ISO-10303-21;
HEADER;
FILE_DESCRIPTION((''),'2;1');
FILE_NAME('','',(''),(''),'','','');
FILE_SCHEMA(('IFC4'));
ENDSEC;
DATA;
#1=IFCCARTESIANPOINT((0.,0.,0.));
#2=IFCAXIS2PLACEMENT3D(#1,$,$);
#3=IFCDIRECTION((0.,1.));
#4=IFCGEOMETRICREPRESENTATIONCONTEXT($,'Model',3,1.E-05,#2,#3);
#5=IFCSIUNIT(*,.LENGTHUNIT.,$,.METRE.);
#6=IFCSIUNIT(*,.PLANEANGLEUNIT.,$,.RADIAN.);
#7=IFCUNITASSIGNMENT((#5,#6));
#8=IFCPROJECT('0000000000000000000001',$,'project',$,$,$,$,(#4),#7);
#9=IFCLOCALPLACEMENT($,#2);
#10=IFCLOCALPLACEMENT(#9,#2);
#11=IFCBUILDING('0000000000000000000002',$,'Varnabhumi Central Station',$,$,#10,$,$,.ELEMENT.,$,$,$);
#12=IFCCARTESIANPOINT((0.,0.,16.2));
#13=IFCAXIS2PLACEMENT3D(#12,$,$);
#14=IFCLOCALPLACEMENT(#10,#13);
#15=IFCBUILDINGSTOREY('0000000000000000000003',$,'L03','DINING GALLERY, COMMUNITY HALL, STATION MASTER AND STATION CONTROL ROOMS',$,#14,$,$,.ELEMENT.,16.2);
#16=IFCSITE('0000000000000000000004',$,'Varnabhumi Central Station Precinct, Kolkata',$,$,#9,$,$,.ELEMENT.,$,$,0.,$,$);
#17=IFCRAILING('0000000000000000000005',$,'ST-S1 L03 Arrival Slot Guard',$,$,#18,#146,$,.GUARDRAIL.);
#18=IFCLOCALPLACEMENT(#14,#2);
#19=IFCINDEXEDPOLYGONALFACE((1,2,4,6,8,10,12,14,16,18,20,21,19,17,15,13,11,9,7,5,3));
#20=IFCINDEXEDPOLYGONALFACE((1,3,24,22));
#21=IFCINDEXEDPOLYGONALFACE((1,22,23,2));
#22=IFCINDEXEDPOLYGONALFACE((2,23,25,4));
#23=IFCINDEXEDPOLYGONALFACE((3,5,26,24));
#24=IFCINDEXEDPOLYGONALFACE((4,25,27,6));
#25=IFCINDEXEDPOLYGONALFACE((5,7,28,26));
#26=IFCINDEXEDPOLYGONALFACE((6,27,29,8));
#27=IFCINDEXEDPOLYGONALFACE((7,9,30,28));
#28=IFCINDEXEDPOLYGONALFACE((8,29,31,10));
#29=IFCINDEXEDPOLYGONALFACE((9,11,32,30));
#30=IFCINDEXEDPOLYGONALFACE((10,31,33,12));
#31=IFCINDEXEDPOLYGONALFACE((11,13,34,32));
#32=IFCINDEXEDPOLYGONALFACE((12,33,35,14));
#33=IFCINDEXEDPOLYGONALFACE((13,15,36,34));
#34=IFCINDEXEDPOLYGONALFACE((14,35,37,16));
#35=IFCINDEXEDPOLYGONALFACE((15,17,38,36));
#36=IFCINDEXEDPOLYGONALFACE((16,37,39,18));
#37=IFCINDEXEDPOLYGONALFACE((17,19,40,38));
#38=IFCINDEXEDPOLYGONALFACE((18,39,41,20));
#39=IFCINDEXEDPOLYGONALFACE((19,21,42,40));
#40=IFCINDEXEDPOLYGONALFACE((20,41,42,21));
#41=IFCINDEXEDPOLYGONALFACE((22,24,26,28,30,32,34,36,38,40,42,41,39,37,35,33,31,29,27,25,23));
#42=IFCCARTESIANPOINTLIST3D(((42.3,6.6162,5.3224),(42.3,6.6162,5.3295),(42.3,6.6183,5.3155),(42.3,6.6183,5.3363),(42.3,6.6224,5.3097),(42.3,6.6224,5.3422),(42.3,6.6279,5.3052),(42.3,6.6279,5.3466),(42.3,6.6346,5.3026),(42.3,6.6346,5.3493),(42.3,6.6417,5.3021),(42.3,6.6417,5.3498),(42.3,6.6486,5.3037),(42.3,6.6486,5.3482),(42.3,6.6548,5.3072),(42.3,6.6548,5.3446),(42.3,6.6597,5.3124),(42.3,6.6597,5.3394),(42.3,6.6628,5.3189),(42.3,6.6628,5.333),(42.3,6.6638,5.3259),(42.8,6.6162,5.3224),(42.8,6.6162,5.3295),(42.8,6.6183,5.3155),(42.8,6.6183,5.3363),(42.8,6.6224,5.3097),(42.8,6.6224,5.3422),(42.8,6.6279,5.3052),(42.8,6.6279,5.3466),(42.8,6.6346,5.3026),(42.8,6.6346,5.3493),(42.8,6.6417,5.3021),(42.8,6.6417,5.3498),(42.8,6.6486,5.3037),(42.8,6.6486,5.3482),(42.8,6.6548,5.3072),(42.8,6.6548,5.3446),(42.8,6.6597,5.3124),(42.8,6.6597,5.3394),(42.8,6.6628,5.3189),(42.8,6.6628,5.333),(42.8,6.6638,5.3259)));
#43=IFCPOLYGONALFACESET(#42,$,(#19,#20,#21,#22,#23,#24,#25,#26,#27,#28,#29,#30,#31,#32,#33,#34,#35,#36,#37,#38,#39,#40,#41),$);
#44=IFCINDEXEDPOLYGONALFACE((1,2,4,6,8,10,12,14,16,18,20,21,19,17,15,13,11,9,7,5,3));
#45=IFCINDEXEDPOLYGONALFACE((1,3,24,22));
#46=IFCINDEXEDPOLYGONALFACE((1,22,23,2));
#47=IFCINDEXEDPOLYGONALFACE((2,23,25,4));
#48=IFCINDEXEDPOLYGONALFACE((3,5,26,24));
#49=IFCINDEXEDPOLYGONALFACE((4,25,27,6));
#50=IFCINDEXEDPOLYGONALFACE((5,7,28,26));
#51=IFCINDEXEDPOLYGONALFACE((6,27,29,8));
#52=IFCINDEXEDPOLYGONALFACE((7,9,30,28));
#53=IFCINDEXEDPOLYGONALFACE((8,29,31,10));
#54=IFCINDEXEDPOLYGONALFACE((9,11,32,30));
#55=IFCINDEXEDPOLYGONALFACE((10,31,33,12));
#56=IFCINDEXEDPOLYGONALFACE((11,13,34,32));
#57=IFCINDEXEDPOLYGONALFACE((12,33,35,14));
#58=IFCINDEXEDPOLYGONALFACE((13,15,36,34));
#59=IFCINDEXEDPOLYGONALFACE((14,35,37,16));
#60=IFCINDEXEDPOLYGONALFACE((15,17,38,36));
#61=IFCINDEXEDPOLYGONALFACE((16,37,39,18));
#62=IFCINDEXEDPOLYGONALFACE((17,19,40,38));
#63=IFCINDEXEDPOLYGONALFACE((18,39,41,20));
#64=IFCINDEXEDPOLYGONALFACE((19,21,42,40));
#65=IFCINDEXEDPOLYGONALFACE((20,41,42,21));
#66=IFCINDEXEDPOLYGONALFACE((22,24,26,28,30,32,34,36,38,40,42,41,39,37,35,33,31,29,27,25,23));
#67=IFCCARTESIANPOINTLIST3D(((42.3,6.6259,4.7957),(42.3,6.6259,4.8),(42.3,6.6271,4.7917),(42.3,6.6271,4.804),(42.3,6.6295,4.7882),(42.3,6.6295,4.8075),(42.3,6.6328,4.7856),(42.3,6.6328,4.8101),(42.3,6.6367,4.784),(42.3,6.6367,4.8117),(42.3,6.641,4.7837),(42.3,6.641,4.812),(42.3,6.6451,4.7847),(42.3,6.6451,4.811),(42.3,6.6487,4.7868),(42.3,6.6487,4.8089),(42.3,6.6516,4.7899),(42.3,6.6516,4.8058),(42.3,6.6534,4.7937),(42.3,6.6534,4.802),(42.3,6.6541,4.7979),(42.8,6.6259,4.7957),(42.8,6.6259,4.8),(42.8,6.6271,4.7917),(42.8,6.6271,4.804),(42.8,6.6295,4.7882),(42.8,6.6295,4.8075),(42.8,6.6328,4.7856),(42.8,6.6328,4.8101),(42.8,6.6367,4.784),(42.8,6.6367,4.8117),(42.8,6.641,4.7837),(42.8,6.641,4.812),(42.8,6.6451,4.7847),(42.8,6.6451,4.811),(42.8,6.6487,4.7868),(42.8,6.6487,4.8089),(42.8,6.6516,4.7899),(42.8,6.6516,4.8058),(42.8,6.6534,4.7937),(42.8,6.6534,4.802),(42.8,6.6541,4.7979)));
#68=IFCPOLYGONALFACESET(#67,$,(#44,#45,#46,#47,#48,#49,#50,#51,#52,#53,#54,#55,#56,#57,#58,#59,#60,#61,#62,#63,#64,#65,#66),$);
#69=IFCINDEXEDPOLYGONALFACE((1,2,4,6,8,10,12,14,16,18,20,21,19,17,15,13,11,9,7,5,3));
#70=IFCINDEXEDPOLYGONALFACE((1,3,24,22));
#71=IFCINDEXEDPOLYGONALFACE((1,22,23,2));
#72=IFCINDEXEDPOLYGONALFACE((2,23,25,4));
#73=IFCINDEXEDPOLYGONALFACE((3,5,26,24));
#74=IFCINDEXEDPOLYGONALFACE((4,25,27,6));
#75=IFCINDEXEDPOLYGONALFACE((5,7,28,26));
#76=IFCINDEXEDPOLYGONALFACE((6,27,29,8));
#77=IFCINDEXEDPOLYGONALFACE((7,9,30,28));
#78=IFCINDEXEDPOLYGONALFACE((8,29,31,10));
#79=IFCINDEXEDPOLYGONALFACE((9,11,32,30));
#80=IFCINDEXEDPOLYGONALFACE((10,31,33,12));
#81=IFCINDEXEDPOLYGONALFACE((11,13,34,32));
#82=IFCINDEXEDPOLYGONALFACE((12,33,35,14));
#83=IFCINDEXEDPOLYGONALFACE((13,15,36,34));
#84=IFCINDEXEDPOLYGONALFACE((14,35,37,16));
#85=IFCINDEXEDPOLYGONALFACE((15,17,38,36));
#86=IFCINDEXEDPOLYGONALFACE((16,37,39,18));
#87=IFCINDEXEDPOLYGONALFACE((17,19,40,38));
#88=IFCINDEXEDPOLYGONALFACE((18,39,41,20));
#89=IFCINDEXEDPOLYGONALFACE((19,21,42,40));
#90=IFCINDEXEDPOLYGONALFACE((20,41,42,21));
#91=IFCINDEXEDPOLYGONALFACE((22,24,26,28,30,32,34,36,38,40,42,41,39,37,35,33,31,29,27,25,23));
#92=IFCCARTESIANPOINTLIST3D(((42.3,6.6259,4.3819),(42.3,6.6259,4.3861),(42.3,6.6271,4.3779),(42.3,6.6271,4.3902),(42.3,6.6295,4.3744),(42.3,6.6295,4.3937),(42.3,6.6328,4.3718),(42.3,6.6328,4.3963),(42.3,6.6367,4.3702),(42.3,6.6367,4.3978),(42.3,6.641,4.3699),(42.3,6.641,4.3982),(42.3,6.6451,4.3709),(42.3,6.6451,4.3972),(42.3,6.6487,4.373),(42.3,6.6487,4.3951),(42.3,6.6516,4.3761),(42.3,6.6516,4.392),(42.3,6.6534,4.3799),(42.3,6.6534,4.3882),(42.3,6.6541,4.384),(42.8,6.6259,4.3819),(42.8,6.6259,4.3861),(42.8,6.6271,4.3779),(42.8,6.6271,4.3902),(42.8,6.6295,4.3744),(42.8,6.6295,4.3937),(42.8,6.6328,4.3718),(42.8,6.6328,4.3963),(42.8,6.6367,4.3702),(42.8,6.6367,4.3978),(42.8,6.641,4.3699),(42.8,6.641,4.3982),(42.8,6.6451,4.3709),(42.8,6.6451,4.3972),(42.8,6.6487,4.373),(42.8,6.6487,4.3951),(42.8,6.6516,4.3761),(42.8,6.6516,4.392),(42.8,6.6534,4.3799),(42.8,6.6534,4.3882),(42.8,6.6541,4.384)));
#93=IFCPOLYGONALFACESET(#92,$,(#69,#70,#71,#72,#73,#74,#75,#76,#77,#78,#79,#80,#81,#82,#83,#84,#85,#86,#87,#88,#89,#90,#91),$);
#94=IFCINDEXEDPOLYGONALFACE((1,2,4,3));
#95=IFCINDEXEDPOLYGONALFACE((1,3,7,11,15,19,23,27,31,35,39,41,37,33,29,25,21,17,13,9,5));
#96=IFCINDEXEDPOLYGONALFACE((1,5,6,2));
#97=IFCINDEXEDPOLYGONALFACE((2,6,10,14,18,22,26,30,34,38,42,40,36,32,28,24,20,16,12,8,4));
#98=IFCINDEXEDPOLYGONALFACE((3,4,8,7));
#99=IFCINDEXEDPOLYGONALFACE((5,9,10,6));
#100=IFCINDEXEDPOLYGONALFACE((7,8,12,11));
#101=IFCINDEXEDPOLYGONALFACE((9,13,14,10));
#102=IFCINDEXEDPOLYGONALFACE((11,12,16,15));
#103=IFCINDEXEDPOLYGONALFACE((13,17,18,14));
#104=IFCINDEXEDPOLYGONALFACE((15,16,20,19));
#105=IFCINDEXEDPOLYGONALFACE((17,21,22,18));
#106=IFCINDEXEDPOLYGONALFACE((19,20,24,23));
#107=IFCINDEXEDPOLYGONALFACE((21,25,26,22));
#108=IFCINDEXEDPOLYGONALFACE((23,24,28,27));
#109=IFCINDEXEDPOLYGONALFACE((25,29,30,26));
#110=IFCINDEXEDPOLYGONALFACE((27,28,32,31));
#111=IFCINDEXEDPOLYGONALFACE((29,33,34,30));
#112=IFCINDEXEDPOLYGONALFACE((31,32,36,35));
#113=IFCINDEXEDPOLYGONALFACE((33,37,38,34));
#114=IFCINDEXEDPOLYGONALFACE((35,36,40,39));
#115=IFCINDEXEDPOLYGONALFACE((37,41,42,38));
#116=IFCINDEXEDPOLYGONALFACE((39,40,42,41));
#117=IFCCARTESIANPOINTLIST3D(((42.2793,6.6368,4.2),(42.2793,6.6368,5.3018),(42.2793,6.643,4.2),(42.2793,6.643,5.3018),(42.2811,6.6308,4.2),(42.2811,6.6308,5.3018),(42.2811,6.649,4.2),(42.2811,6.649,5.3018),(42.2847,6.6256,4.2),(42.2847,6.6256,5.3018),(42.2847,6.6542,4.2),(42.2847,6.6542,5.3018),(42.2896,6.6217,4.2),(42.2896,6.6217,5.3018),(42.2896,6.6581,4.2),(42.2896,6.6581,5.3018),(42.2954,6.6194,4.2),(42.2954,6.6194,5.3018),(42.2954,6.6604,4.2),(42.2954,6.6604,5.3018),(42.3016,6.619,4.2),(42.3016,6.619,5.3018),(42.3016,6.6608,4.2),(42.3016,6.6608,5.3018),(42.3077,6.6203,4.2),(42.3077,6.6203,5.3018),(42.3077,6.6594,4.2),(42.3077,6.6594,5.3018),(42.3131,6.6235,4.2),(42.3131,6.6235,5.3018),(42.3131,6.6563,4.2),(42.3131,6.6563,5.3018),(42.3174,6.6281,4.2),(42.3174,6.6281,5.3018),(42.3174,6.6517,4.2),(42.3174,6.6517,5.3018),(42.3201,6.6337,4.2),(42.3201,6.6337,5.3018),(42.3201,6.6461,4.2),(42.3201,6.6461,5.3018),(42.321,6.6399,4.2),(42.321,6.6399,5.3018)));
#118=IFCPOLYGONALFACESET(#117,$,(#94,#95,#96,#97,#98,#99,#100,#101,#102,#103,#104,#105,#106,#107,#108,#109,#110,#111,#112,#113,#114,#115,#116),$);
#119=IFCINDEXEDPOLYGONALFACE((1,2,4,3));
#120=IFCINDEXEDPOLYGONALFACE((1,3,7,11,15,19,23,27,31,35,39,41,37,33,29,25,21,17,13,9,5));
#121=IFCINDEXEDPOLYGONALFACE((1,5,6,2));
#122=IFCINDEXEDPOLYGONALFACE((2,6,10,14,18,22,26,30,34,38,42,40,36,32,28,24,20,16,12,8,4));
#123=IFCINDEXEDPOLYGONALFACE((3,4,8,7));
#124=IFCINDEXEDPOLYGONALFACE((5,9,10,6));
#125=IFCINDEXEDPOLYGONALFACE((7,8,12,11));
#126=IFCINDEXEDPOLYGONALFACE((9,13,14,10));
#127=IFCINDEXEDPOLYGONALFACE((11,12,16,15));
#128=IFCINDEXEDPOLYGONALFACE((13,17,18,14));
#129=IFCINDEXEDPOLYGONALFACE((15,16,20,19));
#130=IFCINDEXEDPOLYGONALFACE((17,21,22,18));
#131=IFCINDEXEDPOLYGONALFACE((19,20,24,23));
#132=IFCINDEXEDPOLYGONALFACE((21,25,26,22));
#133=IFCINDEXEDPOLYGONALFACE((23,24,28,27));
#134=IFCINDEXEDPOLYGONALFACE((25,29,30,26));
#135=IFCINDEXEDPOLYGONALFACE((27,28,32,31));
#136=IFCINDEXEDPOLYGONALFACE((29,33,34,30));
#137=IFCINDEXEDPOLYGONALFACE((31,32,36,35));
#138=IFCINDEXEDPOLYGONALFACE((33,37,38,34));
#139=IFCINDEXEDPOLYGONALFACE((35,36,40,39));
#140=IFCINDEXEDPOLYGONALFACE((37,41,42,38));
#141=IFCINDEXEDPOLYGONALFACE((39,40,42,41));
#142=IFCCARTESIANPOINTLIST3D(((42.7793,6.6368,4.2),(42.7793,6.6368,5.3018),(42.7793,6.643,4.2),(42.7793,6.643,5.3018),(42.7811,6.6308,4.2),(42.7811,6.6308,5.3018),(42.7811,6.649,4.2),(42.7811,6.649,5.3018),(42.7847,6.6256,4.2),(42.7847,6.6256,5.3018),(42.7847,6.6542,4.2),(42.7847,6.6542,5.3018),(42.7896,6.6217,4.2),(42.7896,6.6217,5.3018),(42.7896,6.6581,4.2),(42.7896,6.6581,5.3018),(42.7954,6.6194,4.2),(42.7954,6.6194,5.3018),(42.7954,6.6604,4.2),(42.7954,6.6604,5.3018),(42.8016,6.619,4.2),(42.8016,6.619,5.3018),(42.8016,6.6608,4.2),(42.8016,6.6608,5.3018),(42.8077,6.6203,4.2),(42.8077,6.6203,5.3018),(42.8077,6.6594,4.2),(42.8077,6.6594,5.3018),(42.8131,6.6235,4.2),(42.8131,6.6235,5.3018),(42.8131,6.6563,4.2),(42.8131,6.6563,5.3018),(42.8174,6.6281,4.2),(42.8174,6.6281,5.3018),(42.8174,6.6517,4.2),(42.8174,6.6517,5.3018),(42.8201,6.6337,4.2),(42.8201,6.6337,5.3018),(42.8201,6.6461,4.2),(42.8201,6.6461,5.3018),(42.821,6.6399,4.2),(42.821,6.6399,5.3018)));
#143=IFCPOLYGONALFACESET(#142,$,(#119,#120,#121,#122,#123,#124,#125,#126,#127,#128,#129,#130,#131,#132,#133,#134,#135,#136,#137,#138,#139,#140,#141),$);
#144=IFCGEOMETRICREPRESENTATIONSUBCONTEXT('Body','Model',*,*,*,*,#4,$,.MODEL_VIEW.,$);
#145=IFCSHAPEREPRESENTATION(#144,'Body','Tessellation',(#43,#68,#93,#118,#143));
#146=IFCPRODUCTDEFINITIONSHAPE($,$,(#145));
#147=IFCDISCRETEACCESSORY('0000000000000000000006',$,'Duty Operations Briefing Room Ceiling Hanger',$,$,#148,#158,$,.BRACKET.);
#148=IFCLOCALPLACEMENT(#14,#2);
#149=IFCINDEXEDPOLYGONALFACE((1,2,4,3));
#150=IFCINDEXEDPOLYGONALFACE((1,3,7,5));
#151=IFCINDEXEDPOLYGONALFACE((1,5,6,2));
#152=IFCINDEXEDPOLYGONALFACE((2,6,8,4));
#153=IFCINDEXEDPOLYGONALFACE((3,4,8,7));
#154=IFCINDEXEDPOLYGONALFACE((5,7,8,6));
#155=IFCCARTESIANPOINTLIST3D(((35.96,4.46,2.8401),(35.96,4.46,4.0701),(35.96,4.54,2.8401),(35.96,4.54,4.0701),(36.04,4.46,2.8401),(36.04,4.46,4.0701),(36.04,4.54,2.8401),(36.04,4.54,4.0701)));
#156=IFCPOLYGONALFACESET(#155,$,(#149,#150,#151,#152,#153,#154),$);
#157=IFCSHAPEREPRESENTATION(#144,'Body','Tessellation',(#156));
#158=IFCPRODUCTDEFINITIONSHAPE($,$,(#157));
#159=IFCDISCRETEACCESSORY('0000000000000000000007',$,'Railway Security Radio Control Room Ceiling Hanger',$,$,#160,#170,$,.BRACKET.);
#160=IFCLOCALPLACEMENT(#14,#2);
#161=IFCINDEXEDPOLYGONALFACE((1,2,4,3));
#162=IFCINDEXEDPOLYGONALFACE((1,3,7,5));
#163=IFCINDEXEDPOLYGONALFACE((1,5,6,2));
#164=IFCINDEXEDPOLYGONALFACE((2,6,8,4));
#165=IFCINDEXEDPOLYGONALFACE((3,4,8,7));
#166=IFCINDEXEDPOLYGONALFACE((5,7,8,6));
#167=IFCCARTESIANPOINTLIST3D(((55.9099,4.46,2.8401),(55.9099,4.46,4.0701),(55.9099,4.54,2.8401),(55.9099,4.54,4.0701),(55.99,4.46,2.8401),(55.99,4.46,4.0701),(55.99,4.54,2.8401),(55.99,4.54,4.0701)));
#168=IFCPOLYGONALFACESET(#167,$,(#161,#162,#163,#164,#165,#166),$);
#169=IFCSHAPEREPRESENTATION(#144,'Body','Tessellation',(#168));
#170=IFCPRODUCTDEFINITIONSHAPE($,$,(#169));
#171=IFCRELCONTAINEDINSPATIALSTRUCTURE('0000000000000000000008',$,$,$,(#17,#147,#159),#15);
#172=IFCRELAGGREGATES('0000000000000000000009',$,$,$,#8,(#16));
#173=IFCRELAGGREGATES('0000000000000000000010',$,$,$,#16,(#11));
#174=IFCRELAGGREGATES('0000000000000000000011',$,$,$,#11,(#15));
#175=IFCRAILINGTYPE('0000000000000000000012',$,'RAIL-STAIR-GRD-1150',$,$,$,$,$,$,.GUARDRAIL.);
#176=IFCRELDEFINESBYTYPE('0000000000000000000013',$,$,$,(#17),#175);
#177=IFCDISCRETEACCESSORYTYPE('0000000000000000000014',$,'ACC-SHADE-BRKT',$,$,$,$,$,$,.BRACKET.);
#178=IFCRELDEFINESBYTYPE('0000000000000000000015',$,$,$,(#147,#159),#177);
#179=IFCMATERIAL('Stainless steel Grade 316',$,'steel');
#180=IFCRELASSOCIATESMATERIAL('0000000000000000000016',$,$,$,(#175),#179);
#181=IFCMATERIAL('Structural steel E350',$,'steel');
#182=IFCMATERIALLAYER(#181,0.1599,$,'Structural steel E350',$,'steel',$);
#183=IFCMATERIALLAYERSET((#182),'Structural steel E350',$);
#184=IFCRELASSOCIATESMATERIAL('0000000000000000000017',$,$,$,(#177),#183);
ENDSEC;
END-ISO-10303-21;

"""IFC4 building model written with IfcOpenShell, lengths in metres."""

from ifc_helpers import new_model, si_unit, direction, frame, origin, origin_2d, place, context, subcontext, project, spatial, rectangle, circle, extrude, material, layer, layer_set, type_object, element, save


model = new_model("IFC4")

# Units and contexts
model_context = context("Model", 3, precision=1e-05, world=origin(), true_north=direction((0.0, 1.0)))
body_context = subcontext(model_context, "Body", "Model", "MODEL_VIEW")
ifc_project = project(units=[si_unit("LENGTHUNIT", "METRE"), si_unit("PLANEANGLEUNIT", "RADIAN")], contexts=[model_context])

# Site, building, storey
site_placement = place(None, origin())
site = spatial("IfcSite", under=ifc_project, at=site_placement, Name="Varnabhumi Central Station Precinct, Kolkata", CompositionType="ELEMENT", RefElevation=0.0)
building_placement = place(site_placement, origin())
building = spatial("IfcBuilding", under=site, at=building_placement, Name="Varnabhumi Central Station", CompositionType="ELEMENT")
storey_placement = place(building_placement, frame((0.0, 0.0, 16.2)))
storey = spatial("IfcBuildingStorey", under=building, at=storey_placement, Name="L03", Description="DINING GALLERY, COMMUNITY HALL, STATION MASTER AND STATION CONTROL ROOMS", CompositionType="ELEMENT", Elevation=16.2)

# Shared definitions
ifc_material_1 = material(Name="Structural steel E350", Category="steel")

# Shared definitions
ifc_material_2 = material(Name="Stainless steel Grade 316", Category="steel")

# Railing
railing_type_1 = type_object("IfcRailingType", Name="RAIL-STAIR-GRD-1150", PredefinedType="GUARDRAIL", material=ifc_material_2)
for number, where, name in (
    (1, (42.3, 6.6399, 4.2), "ST-S1 L03 Arrival Slot Guard"),
):
    element("IfcRailing", number, at=place(storey_placement, frame(where)), inside=storey, type_object=railing_type_1, Name=name, PredefinedType="GUARDRAIL", context=body_context, shape_type="SweptSolid", body=[
        extrude(circle(Radius=0.0239, at=origin_2d()), frame((0.0, 0.0, 1.126), z_axis=(1.0, 0.0, 0.0), x_axis=(0.0, 1.0, 0.0)), (0.0, 0.0, 1.0), 0.5),
        extrude(circle(Radius=0.0142, at=origin_2d()), frame((0.0, 0.0, 0.5979), z_axis=(1.0, 0.0, 0.0), x_axis=(0.0, 1.0, 0.0)), (0.0, 0.0, 1.0), 0.5),
        extrude(circle(Radius=0.0142, at=origin_2d()), frame((0.0, 0.0, 0.1841), z_axis=(1.0, 0.0, 0.0), x_axis=(0.0, 1.0, 0.0)), (0.0, 0.0, 1.0), 0.5),
        extrude(circle(Radius=0.021, at=origin_2d()), origin(), (0.0, 0.0, 1.0), 1.1018),
        extrude(circle(Radius=0.021, at=origin_2d()), frame((0.5, 0.0, 0.0)), (0.0, 0.0, 1.0), 1.1018),
    ])

# Discrete accessories
ifc_layer_1 = layer(ifc_material_1, 0.1599, Name="Structural steel E350", Category="steel")
ifc_layer_set_1 = layer_set([ifc_layer_1], Name="Structural steel E350")
discrete_accessory_type = type_object("IfcDiscreteAccessoryType", Name="ACC-SHADE-BRKT", PredefinedType="BRACKET", material=ifc_layer_set_1)
for number, where, z_axis, x_axis, name in (
    (2, (36.0, 4.5, 2.8401), (0.0, 0.0, 1.0), (1.0, 0.0, 0.0), "Duty Operations Briefing Room Ceiling Hanger"),
    (3, (55.95, 4.5, 2.8401), (0.0, 0.0, 1.0), (1.0, 0.0, 0.0), "Railway Security Radio Control Room Ceiling Hanger"),
):
    element("IfcDiscreteAccessory", number, at=place(storey_placement, frame(where, z_axis=z_axis, x_axis=x_axis)), inside=storey, type_object=discrete_accessory_type, Name=name, PredefinedType="BRACKET", context=body_context, shape_type="SweptSolid", body=[
        extrude(rectangle(XDim=0.0801, YDim=0.0801, at=origin_2d()), origin(), (0.0, 0.0, 1.0), 1.23),
    ])

save(model, "model.ifc")
